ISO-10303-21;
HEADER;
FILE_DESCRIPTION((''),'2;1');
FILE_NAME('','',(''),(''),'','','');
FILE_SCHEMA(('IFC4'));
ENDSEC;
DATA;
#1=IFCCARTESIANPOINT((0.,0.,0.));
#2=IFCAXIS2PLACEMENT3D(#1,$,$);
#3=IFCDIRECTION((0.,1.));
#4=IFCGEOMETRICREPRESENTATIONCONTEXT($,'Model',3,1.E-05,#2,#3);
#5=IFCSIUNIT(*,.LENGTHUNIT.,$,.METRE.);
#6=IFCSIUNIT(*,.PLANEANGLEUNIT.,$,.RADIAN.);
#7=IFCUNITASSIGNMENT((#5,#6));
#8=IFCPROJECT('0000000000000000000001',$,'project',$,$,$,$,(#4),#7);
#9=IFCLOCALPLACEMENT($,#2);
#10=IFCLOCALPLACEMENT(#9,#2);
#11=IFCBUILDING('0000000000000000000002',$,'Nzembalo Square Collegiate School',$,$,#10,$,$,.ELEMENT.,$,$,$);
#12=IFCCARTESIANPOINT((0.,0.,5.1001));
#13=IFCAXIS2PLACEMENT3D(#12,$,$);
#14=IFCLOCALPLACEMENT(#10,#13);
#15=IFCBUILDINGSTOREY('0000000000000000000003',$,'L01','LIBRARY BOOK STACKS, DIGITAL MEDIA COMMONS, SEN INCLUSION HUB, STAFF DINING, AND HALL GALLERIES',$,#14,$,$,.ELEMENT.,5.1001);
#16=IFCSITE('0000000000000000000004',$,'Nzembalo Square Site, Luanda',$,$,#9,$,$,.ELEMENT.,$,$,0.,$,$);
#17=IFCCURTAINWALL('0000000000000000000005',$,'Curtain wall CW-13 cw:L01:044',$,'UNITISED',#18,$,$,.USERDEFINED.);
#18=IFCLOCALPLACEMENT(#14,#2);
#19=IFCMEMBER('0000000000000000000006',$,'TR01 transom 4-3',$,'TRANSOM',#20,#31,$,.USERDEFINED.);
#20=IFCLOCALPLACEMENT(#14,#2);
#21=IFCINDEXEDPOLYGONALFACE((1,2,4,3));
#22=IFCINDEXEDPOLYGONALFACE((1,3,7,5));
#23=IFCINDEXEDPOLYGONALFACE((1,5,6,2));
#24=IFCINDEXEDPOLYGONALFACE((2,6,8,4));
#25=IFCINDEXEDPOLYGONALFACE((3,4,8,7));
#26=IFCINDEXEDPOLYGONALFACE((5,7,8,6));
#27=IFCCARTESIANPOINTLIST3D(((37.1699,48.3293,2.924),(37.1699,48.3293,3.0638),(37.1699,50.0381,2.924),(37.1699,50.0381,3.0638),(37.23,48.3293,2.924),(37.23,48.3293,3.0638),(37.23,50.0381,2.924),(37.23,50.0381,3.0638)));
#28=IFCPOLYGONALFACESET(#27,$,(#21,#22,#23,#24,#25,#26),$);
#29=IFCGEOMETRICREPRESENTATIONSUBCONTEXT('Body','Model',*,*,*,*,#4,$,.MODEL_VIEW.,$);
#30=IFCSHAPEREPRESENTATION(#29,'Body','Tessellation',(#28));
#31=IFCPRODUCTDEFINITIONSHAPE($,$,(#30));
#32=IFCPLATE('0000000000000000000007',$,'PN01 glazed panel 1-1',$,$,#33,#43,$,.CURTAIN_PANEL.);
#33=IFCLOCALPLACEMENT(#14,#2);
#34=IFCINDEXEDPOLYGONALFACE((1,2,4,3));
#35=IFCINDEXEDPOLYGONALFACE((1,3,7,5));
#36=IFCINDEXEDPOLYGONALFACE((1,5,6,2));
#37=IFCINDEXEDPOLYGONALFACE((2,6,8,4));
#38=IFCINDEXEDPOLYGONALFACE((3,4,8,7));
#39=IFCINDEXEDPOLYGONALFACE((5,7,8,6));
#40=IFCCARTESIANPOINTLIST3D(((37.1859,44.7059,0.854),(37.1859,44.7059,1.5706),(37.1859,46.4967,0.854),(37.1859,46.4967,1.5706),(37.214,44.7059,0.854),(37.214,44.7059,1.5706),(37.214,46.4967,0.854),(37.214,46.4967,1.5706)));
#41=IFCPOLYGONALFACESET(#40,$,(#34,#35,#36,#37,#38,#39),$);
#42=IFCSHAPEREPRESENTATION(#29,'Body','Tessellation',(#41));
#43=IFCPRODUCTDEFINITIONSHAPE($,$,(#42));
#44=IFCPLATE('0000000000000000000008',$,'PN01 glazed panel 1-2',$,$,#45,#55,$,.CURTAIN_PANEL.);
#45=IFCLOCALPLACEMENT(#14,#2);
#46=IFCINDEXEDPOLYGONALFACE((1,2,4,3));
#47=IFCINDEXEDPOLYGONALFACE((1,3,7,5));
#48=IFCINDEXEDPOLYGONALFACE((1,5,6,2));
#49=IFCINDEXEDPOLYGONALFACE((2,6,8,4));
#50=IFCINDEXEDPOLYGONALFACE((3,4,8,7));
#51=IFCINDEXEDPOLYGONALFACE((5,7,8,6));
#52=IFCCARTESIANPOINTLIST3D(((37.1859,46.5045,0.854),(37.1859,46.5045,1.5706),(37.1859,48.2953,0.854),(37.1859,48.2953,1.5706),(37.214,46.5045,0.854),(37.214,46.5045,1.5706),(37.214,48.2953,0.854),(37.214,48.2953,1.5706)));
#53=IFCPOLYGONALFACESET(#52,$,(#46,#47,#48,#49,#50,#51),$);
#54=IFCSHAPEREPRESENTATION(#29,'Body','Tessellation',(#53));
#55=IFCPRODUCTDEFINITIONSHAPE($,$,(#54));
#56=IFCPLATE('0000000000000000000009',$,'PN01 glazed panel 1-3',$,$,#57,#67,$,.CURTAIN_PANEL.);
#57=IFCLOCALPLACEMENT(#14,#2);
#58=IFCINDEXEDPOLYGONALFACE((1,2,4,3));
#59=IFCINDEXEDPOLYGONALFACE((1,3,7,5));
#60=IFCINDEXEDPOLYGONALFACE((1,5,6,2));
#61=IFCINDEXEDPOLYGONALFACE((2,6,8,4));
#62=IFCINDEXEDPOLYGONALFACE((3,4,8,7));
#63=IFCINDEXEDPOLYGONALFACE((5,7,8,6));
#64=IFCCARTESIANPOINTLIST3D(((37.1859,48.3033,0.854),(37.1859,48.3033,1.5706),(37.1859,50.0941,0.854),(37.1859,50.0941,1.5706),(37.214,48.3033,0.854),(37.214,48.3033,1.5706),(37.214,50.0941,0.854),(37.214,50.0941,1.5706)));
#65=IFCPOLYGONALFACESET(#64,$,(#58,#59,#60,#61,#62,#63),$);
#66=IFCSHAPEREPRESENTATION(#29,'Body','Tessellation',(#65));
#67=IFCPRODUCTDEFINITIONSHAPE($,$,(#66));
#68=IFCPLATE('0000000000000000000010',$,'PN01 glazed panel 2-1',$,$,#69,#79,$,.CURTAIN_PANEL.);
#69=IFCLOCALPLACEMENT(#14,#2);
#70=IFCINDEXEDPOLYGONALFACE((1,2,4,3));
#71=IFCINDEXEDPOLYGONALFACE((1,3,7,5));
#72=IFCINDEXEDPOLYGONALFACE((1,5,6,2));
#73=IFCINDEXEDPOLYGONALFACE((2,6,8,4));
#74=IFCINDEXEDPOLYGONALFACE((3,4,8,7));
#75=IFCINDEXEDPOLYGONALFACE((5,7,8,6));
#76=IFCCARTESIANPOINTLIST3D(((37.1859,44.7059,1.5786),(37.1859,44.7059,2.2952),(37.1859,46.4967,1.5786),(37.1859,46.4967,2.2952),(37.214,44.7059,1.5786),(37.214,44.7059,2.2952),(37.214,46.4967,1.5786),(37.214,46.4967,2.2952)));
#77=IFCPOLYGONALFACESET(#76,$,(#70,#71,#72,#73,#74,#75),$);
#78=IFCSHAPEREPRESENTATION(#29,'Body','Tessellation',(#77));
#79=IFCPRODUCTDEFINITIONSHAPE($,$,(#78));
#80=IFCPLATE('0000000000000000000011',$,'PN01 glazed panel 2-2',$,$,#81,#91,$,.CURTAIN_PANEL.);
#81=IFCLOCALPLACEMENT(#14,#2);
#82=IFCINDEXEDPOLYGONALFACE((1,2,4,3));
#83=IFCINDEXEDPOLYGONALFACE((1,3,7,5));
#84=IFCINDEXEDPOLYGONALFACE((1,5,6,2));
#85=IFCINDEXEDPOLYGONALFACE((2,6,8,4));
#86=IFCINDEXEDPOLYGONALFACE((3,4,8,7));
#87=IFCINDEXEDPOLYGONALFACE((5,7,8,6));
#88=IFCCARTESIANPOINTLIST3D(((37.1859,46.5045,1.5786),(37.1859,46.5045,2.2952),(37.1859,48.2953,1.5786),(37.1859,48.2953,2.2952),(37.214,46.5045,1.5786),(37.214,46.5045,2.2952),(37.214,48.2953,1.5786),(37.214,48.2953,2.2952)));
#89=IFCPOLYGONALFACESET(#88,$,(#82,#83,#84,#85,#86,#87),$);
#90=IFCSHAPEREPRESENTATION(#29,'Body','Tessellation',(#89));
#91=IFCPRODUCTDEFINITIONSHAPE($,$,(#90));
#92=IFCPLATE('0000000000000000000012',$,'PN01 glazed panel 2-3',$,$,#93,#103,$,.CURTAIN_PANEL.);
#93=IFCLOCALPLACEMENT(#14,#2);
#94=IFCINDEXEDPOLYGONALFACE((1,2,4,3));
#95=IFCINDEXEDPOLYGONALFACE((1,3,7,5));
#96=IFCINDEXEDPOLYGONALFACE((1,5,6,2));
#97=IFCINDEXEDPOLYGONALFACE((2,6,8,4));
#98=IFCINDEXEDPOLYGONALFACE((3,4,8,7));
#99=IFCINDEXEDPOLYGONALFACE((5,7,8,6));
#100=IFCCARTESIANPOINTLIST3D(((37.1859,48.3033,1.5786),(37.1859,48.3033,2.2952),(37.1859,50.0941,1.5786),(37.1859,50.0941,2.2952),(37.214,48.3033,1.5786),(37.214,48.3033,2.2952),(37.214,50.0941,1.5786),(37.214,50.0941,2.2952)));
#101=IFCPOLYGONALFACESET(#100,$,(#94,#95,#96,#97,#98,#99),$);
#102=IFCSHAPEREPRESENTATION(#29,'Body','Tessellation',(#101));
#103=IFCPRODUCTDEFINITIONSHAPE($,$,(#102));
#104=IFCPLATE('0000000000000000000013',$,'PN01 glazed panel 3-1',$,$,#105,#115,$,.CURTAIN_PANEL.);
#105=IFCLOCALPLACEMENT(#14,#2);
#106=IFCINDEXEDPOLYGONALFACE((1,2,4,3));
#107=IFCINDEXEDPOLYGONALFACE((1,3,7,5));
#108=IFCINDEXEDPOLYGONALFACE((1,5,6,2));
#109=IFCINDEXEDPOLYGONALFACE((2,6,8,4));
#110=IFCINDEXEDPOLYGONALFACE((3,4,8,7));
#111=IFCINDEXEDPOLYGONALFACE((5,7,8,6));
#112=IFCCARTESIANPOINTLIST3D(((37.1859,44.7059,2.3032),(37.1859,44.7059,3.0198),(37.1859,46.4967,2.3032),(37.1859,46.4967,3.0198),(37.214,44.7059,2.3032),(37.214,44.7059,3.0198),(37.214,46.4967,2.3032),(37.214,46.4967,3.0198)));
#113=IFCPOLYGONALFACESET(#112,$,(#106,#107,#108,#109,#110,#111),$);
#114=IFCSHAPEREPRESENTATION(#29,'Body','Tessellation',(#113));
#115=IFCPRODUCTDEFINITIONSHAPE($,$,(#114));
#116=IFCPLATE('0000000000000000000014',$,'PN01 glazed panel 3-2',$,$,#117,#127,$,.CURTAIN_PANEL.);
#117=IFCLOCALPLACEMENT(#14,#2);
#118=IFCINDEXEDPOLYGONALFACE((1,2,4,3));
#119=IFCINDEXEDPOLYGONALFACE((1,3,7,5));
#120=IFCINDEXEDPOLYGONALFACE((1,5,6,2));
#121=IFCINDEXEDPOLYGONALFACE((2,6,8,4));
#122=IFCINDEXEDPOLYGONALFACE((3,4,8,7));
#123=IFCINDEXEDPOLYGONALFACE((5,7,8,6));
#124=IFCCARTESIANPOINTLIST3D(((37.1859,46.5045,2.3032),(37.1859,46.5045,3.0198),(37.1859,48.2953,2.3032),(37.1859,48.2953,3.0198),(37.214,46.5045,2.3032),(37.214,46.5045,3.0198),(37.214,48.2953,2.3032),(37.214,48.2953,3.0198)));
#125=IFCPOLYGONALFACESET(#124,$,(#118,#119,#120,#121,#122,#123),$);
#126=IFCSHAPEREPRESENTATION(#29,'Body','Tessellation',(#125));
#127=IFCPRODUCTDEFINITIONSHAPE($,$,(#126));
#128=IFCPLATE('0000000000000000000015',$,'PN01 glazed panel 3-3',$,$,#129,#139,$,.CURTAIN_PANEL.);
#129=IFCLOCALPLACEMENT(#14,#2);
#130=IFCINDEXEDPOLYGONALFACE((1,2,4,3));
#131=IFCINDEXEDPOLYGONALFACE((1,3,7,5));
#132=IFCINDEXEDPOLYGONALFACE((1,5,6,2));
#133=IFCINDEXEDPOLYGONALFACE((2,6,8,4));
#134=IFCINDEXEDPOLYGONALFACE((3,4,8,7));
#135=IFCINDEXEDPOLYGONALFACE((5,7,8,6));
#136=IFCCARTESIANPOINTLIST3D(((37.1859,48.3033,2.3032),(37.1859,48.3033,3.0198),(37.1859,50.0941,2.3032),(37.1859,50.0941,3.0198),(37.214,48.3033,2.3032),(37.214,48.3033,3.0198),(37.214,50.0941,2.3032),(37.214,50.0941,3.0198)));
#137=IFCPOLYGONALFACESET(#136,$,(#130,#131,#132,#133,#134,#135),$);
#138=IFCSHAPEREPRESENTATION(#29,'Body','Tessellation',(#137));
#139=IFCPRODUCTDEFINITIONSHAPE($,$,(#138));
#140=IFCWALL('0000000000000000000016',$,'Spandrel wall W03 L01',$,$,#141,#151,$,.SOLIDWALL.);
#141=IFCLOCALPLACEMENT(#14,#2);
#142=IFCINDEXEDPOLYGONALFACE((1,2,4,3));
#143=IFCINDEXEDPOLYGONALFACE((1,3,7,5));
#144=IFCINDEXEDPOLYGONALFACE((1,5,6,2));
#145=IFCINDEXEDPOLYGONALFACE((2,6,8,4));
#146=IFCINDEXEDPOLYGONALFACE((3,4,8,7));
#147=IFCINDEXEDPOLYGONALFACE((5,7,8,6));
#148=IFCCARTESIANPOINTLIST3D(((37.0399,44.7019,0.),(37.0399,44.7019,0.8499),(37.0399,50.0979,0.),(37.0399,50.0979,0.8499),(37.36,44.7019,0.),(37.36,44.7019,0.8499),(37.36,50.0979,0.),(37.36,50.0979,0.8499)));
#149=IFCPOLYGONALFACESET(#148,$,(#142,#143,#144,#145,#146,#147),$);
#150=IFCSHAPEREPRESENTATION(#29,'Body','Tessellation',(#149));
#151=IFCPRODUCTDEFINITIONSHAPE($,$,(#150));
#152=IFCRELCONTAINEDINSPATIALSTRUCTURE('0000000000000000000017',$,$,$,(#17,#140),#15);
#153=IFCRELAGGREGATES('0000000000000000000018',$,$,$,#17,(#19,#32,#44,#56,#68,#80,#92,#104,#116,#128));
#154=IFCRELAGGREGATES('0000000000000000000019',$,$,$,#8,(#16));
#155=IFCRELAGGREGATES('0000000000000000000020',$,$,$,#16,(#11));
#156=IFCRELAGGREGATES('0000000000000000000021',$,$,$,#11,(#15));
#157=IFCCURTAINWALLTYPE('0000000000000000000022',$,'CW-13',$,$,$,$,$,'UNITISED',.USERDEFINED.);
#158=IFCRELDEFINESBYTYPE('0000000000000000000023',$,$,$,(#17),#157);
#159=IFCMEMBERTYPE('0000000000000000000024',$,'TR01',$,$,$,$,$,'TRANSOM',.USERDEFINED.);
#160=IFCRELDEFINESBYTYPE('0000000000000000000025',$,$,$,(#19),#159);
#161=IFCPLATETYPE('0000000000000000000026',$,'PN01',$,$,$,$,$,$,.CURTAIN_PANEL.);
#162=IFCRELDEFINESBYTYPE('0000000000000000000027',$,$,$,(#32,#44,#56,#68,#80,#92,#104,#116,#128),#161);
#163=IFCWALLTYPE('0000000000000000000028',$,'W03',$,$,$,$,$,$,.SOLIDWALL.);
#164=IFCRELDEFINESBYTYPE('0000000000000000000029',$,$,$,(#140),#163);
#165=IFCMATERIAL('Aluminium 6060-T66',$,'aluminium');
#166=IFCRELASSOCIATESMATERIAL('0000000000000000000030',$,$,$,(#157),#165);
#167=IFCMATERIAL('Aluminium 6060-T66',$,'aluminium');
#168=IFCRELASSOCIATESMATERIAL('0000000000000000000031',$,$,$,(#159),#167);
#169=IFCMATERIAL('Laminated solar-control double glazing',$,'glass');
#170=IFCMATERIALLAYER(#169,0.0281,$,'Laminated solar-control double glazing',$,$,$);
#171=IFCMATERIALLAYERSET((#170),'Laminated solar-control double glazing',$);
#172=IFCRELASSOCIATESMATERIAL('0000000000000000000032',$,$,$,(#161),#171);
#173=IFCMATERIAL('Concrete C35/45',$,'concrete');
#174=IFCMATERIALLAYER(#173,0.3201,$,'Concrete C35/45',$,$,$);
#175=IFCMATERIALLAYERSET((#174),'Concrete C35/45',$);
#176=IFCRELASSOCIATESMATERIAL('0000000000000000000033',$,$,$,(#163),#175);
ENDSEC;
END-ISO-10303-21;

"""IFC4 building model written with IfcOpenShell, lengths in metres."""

from ifc_helpers import new_model, si_unit, direction, frame, frame_2d, origin, origin_2d, place, context, subcontext, project, spatial, rectangle, extrude, material, layer, layer_set, material_profile, profile_set, type_object, element, aggregate, save


model = new_model("IFC4")

# Units and contexts
model_context = context("Model", 3, precision=1e-05, world=origin(), true_north=direction((0.0, 1.0)))
body_context = subcontext(model_context, "Body", "Model", "MODEL_VIEW")
ifc_project = project(units=[si_unit("LENGTHUNIT", "METRE"), si_unit("PLANEANGLEUNIT", "RADIAN")], contexts=[model_context])

# Site, building, storey
site_placement = place(None, origin())
site = spatial("IfcSite", under=ifc_project, at=site_placement, Name="Nzembalo Square Site, Luanda", CompositionType="ELEMENT", RefElevation=0.0)
building_placement = place(site_placement, origin())
building = spatial("IfcBuilding", under=site, at=building_placement, Name="Nzembalo Square Collegiate School", CompositionType="ELEMENT")
storey_placement = place(building_placement, frame((0.0, 0.0, 5.1001)))
storey = spatial("IfcBuildingStorey", under=building, at=storey_placement, Name="L01", Description="LIBRARY BOOK STACKS, DIGITAL MEDIA COMMONS, SEN INCLUSION HUB, STAFF DINING, AND HALL GALLERIES", CompositionType="ELEMENT", Elevation=5.1001)

# Curtain wall, member, plates
ifc_material_1 = material(Name="Aluminium 6060-T66", Category="aluminium")
curtain_wall_type = type_object("IfcCurtainWallType", Name="CW-13", ElementType="UNITISED", PredefinedType="USERDEFINED", material=ifc_material_1)
curtain_wall_placement = place(storey_placement, origin())
curtain_wall = element("IfcCurtainWall", 1, at=curtain_wall_placement, inside=storey, type_object=curtain_wall_type, Name="Curtain wall CW-13 cw:L01:044", ObjectType="UNITISED", PredefinedType="USERDEFINED")
ifc_material_2 = material(Name="Aluminium 6060-T66", Category="aluminium")
ifc_material_profile_1 = material_profile(ifc_material_2, rectangle(XDim=0.0601, YDim=0.1399, at=origin_2d()), Name="ALU T60x140")
ifc_profile_set_1 = profile_set([ifc_material_profile_1], Name="Aluminium 6060-T66")
member_type_1 = type_object("IfcMemberType", Name="TR01", ElementType="TRANSOM", PredefinedType="USERDEFINED", material=ifc_profile_set_1)
member_1_placement = place(storey_placement, frame((37.2, 48.3293, 2.9939), z_axis=(0.0, 1.0, 0.0), x_axis=(-1.0, 0.0, 0.0)))
member_1 = element("IfcMember", 2, at=member_1_placement, type_object=member_type_1, Name="TR01 transom 4-3", ObjectType="TRANSOM", PredefinedType="USERDEFINED", context=body_context, shape_type="SweptSolid", body=[
    extrude(rectangle(XDim=0.0601, YDim=0.1399, at=origin_2d()), origin(), (0.0, 0.0, 1.0), 1.7087),
])
ifc_material_3 = material(Name="Laminated solar-control double glazing", Category="glass")
ifc_layer_1 = layer(ifc_material_3, 0.0281, Name="Laminated solar-control double glazing")
ifc_layer_set_1 = layer_set([ifc_layer_1], Name="Laminated solar-control double glazing")
plate_type = type_object("IfcPlateType", Name="PN01", PredefinedType="CURTAIN_PANEL", material=ifc_layer_set_1)
plate_1_placement = place(storey_placement, frame((37.2, 45.6013, 0.854), z_axis=(0.0, 0.0, 1.0), x_axis=(0.0, 1.0, 0.0)))
plate_1 = element("IfcPlate", 3, at=plate_1_placement, type_object=plate_type, Name="PN01 glazed panel 1-1", PredefinedType="CURTAIN_PANEL", context=body_context, shape_type="SweptSolid", body=[
    extrude(rectangle(XDim=1.7908, YDim=0.0281, at=origin_2d()), origin(), (0.0, 0.0, 1.0), 0.7166),
])
plate_2_placement = place(storey_placement, frame((37.2, 47.3999, 0.854), z_axis=(0.0, 0.0, 1.0), x_axis=(0.0, 1.0, 0.0)))
plate_2 = element("IfcPlate", 4, at=plate_2_placement, type_object=plate_type, Name="PN01 glazed panel 1-2", PredefinedType="CURTAIN_PANEL", context=body_context, shape_type="SweptSolid", body=[
    extrude(rectangle(XDim=1.7908, YDim=0.0281, at=origin_2d()), origin(), (0.0, 0.0, 1.0), 0.7166),
])
plate_3_placement = place(storey_placement, frame((37.2, 49.1987, 0.854), z_axis=(0.0, 0.0, 1.0), x_axis=(0.0, 1.0, 0.0)))
plate_3 = element("IfcPlate", 5, at=plate_3_placement, type_object=plate_type, Name="PN01 glazed panel 1-3", PredefinedType="CURTAIN_PANEL", context=body_context, shape_type="SweptSolid", body=[
    extrude(rectangle(XDim=1.7908, YDim=0.0281, at=origin_2d()), origin(), (0.0, 0.0, 1.0), 0.7166),
])
plate_4_placement = place(storey_placement, frame((37.2, 45.6013, 1.5786), z_axis=(0.0, 0.0, 1.0), x_axis=(0.0, 1.0, 0.0)))
plate_4 = element("IfcPlate", 6, at=plate_4_placement, type_object=plate_type, Name="PN01 glazed panel 2-1", PredefinedType="CURTAIN_PANEL", context=body_context, shape_type="SweptSolid", body=[
    extrude(rectangle(XDim=1.7908, YDim=0.0281, at=origin_2d()), origin(), (0.0, 0.0, 1.0), 0.7166),
])
plate_5_placement = place(storey_placement, frame((37.2, 47.3999, 1.5786), z_axis=(0.0, 0.0, 1.0), x_axis=(0.0, 1.0, 0.0)))
plate_5 = element("IfcPlate", 7, at=plate_5_placement, type_object=plate_type, Name="PN01 glazed panel 2-2", PredefinedType="CURTAIN_PANEL", context=body_context, shape_type="SweptSolid", body=[
    extrude(rectangle(XDim=1.7908, YDim=0.0281, at=origin_2d()), origin(), (0.0, 0.0, 1.0), 0.7166),
])
plate_6_placement = place(storey_placement, frame((37.2, 49.1987, 1.5786), z_axis=(0.0, 0.0, 1.0), x_axis=(0.0, 1.0, 0.0)))
plate_6 = element("IfcPlate", 8, at=plate_6_placement, type_object=plate_type, Name="PN01 glazed panel 2-3", PredefinedType="CURTAIN_PANEL", context=body_context, shape_type="SweptSolid", body=[
    extrude(rectangle(XDim=1.7908, YDim=0.0281, at=origin_2d()), origin(), (0.0, 0.0, 1.0), 0.7166),
])
plate_7_placement = place(storey_placement, frame((37.2, 45.6013, 2.3032), z_axis=(0.0, 0.0, 1.0), x_axis=(0.0, 1.0, 0.0)))
plate_7 = element("IfcPlate", 9, at=plate_7_placement, type_object=plate_type, Name="PN01 glazed panel 3-1", PredefinedType="CURTAIN_PANEL", context=body_context, shape_type="SweptSolid", body=[
    extrude(rectangle(XDim=1.7908, YDim=0.0281, at=origin_2d()), origin(), (0.0, 0.0, 1.0), 0.7166),
])
plate_8_placement = place(storey_placement, frame((37.2, 47.3999, 2.3032), z_axis=(0.0, 0.0, 1.0), x_axis=(0.0, 1.0, 0.0)))
plate_8 = element("IfcPlate", 10, at=plate_8_placement, type_object=plate_type, Name="PN01 glazed panel 3-2", PredefinedType="CURTAIN_PANEL", context=body_context, shape_type="SweptSolid", body=[
    extrude(rectangle(XDim=1.7908, YDim=0.0281, at=origin_2d()), origin(), (0.0, 0.0, 1.0), 0.7166),
])
plate_9_placement = place(storey_placement, frame((37.2, 49.1987, 2.3032), z_axis=(0.0, 0.0, 1.0), x_axis=(0.0, 1.0, 0.0)))
plate_9 = element("IfcPlate", 11, at=plate_9_placement, type_object=plate_type, Name="PN01 glazed panel 3-3", PredefinedType="CURTAIN_PANEL", context=body_context, shape_type="SweptSolid", body=[
    extrude(rectangle(XDim=1.7908, YDim=0.0281, at=origin_2d()), origin(), (0.0, 0.0, 1.0), 0.7166),
])
aggregate(curtain_wall, [member_1, plate_1, plate_2, plate_3, plate_4, plate_5, plate_6, plate_7, plate_8, plate_9])

# Wall
ifc_material_4 = material(Name="Concrete C35/45", Category="concrete")
ifc_layer_2 = layer(ifc_material_4, 0.3201, Name="Concrete C35/45")
ifc_layer_set_2 = layer_set([ifc_layer_2], Name="Concrete C35/45")
wall_type = type_object("IfcWallType", Name="W03", PredefinedType="SOLIDWALL", material=ifc_layer_set_2)
wall_placement = place(storey_placement, frame((37.2, 44.7019, 0.0), z_axis=(0.0, 0.0, 1.0), x_axis=(0.0, 1.0, 0.0)))
element("IfcWall", 12, at=wall_placement, inside=storey, type_object=wall_type, Name="Spandrel wall W03 L01", PredefinedType="SOLIDWALL", context=body_context, shape_type="SweptSolid", body=[
    extrude(rectangle(XDim=5.396, YDim=0.3201, at=frame_2d((2.698, 0.0))), origin(), (0.0, 0.0, 1.0), 0.8499),
])

save(model, "model.ifc")
